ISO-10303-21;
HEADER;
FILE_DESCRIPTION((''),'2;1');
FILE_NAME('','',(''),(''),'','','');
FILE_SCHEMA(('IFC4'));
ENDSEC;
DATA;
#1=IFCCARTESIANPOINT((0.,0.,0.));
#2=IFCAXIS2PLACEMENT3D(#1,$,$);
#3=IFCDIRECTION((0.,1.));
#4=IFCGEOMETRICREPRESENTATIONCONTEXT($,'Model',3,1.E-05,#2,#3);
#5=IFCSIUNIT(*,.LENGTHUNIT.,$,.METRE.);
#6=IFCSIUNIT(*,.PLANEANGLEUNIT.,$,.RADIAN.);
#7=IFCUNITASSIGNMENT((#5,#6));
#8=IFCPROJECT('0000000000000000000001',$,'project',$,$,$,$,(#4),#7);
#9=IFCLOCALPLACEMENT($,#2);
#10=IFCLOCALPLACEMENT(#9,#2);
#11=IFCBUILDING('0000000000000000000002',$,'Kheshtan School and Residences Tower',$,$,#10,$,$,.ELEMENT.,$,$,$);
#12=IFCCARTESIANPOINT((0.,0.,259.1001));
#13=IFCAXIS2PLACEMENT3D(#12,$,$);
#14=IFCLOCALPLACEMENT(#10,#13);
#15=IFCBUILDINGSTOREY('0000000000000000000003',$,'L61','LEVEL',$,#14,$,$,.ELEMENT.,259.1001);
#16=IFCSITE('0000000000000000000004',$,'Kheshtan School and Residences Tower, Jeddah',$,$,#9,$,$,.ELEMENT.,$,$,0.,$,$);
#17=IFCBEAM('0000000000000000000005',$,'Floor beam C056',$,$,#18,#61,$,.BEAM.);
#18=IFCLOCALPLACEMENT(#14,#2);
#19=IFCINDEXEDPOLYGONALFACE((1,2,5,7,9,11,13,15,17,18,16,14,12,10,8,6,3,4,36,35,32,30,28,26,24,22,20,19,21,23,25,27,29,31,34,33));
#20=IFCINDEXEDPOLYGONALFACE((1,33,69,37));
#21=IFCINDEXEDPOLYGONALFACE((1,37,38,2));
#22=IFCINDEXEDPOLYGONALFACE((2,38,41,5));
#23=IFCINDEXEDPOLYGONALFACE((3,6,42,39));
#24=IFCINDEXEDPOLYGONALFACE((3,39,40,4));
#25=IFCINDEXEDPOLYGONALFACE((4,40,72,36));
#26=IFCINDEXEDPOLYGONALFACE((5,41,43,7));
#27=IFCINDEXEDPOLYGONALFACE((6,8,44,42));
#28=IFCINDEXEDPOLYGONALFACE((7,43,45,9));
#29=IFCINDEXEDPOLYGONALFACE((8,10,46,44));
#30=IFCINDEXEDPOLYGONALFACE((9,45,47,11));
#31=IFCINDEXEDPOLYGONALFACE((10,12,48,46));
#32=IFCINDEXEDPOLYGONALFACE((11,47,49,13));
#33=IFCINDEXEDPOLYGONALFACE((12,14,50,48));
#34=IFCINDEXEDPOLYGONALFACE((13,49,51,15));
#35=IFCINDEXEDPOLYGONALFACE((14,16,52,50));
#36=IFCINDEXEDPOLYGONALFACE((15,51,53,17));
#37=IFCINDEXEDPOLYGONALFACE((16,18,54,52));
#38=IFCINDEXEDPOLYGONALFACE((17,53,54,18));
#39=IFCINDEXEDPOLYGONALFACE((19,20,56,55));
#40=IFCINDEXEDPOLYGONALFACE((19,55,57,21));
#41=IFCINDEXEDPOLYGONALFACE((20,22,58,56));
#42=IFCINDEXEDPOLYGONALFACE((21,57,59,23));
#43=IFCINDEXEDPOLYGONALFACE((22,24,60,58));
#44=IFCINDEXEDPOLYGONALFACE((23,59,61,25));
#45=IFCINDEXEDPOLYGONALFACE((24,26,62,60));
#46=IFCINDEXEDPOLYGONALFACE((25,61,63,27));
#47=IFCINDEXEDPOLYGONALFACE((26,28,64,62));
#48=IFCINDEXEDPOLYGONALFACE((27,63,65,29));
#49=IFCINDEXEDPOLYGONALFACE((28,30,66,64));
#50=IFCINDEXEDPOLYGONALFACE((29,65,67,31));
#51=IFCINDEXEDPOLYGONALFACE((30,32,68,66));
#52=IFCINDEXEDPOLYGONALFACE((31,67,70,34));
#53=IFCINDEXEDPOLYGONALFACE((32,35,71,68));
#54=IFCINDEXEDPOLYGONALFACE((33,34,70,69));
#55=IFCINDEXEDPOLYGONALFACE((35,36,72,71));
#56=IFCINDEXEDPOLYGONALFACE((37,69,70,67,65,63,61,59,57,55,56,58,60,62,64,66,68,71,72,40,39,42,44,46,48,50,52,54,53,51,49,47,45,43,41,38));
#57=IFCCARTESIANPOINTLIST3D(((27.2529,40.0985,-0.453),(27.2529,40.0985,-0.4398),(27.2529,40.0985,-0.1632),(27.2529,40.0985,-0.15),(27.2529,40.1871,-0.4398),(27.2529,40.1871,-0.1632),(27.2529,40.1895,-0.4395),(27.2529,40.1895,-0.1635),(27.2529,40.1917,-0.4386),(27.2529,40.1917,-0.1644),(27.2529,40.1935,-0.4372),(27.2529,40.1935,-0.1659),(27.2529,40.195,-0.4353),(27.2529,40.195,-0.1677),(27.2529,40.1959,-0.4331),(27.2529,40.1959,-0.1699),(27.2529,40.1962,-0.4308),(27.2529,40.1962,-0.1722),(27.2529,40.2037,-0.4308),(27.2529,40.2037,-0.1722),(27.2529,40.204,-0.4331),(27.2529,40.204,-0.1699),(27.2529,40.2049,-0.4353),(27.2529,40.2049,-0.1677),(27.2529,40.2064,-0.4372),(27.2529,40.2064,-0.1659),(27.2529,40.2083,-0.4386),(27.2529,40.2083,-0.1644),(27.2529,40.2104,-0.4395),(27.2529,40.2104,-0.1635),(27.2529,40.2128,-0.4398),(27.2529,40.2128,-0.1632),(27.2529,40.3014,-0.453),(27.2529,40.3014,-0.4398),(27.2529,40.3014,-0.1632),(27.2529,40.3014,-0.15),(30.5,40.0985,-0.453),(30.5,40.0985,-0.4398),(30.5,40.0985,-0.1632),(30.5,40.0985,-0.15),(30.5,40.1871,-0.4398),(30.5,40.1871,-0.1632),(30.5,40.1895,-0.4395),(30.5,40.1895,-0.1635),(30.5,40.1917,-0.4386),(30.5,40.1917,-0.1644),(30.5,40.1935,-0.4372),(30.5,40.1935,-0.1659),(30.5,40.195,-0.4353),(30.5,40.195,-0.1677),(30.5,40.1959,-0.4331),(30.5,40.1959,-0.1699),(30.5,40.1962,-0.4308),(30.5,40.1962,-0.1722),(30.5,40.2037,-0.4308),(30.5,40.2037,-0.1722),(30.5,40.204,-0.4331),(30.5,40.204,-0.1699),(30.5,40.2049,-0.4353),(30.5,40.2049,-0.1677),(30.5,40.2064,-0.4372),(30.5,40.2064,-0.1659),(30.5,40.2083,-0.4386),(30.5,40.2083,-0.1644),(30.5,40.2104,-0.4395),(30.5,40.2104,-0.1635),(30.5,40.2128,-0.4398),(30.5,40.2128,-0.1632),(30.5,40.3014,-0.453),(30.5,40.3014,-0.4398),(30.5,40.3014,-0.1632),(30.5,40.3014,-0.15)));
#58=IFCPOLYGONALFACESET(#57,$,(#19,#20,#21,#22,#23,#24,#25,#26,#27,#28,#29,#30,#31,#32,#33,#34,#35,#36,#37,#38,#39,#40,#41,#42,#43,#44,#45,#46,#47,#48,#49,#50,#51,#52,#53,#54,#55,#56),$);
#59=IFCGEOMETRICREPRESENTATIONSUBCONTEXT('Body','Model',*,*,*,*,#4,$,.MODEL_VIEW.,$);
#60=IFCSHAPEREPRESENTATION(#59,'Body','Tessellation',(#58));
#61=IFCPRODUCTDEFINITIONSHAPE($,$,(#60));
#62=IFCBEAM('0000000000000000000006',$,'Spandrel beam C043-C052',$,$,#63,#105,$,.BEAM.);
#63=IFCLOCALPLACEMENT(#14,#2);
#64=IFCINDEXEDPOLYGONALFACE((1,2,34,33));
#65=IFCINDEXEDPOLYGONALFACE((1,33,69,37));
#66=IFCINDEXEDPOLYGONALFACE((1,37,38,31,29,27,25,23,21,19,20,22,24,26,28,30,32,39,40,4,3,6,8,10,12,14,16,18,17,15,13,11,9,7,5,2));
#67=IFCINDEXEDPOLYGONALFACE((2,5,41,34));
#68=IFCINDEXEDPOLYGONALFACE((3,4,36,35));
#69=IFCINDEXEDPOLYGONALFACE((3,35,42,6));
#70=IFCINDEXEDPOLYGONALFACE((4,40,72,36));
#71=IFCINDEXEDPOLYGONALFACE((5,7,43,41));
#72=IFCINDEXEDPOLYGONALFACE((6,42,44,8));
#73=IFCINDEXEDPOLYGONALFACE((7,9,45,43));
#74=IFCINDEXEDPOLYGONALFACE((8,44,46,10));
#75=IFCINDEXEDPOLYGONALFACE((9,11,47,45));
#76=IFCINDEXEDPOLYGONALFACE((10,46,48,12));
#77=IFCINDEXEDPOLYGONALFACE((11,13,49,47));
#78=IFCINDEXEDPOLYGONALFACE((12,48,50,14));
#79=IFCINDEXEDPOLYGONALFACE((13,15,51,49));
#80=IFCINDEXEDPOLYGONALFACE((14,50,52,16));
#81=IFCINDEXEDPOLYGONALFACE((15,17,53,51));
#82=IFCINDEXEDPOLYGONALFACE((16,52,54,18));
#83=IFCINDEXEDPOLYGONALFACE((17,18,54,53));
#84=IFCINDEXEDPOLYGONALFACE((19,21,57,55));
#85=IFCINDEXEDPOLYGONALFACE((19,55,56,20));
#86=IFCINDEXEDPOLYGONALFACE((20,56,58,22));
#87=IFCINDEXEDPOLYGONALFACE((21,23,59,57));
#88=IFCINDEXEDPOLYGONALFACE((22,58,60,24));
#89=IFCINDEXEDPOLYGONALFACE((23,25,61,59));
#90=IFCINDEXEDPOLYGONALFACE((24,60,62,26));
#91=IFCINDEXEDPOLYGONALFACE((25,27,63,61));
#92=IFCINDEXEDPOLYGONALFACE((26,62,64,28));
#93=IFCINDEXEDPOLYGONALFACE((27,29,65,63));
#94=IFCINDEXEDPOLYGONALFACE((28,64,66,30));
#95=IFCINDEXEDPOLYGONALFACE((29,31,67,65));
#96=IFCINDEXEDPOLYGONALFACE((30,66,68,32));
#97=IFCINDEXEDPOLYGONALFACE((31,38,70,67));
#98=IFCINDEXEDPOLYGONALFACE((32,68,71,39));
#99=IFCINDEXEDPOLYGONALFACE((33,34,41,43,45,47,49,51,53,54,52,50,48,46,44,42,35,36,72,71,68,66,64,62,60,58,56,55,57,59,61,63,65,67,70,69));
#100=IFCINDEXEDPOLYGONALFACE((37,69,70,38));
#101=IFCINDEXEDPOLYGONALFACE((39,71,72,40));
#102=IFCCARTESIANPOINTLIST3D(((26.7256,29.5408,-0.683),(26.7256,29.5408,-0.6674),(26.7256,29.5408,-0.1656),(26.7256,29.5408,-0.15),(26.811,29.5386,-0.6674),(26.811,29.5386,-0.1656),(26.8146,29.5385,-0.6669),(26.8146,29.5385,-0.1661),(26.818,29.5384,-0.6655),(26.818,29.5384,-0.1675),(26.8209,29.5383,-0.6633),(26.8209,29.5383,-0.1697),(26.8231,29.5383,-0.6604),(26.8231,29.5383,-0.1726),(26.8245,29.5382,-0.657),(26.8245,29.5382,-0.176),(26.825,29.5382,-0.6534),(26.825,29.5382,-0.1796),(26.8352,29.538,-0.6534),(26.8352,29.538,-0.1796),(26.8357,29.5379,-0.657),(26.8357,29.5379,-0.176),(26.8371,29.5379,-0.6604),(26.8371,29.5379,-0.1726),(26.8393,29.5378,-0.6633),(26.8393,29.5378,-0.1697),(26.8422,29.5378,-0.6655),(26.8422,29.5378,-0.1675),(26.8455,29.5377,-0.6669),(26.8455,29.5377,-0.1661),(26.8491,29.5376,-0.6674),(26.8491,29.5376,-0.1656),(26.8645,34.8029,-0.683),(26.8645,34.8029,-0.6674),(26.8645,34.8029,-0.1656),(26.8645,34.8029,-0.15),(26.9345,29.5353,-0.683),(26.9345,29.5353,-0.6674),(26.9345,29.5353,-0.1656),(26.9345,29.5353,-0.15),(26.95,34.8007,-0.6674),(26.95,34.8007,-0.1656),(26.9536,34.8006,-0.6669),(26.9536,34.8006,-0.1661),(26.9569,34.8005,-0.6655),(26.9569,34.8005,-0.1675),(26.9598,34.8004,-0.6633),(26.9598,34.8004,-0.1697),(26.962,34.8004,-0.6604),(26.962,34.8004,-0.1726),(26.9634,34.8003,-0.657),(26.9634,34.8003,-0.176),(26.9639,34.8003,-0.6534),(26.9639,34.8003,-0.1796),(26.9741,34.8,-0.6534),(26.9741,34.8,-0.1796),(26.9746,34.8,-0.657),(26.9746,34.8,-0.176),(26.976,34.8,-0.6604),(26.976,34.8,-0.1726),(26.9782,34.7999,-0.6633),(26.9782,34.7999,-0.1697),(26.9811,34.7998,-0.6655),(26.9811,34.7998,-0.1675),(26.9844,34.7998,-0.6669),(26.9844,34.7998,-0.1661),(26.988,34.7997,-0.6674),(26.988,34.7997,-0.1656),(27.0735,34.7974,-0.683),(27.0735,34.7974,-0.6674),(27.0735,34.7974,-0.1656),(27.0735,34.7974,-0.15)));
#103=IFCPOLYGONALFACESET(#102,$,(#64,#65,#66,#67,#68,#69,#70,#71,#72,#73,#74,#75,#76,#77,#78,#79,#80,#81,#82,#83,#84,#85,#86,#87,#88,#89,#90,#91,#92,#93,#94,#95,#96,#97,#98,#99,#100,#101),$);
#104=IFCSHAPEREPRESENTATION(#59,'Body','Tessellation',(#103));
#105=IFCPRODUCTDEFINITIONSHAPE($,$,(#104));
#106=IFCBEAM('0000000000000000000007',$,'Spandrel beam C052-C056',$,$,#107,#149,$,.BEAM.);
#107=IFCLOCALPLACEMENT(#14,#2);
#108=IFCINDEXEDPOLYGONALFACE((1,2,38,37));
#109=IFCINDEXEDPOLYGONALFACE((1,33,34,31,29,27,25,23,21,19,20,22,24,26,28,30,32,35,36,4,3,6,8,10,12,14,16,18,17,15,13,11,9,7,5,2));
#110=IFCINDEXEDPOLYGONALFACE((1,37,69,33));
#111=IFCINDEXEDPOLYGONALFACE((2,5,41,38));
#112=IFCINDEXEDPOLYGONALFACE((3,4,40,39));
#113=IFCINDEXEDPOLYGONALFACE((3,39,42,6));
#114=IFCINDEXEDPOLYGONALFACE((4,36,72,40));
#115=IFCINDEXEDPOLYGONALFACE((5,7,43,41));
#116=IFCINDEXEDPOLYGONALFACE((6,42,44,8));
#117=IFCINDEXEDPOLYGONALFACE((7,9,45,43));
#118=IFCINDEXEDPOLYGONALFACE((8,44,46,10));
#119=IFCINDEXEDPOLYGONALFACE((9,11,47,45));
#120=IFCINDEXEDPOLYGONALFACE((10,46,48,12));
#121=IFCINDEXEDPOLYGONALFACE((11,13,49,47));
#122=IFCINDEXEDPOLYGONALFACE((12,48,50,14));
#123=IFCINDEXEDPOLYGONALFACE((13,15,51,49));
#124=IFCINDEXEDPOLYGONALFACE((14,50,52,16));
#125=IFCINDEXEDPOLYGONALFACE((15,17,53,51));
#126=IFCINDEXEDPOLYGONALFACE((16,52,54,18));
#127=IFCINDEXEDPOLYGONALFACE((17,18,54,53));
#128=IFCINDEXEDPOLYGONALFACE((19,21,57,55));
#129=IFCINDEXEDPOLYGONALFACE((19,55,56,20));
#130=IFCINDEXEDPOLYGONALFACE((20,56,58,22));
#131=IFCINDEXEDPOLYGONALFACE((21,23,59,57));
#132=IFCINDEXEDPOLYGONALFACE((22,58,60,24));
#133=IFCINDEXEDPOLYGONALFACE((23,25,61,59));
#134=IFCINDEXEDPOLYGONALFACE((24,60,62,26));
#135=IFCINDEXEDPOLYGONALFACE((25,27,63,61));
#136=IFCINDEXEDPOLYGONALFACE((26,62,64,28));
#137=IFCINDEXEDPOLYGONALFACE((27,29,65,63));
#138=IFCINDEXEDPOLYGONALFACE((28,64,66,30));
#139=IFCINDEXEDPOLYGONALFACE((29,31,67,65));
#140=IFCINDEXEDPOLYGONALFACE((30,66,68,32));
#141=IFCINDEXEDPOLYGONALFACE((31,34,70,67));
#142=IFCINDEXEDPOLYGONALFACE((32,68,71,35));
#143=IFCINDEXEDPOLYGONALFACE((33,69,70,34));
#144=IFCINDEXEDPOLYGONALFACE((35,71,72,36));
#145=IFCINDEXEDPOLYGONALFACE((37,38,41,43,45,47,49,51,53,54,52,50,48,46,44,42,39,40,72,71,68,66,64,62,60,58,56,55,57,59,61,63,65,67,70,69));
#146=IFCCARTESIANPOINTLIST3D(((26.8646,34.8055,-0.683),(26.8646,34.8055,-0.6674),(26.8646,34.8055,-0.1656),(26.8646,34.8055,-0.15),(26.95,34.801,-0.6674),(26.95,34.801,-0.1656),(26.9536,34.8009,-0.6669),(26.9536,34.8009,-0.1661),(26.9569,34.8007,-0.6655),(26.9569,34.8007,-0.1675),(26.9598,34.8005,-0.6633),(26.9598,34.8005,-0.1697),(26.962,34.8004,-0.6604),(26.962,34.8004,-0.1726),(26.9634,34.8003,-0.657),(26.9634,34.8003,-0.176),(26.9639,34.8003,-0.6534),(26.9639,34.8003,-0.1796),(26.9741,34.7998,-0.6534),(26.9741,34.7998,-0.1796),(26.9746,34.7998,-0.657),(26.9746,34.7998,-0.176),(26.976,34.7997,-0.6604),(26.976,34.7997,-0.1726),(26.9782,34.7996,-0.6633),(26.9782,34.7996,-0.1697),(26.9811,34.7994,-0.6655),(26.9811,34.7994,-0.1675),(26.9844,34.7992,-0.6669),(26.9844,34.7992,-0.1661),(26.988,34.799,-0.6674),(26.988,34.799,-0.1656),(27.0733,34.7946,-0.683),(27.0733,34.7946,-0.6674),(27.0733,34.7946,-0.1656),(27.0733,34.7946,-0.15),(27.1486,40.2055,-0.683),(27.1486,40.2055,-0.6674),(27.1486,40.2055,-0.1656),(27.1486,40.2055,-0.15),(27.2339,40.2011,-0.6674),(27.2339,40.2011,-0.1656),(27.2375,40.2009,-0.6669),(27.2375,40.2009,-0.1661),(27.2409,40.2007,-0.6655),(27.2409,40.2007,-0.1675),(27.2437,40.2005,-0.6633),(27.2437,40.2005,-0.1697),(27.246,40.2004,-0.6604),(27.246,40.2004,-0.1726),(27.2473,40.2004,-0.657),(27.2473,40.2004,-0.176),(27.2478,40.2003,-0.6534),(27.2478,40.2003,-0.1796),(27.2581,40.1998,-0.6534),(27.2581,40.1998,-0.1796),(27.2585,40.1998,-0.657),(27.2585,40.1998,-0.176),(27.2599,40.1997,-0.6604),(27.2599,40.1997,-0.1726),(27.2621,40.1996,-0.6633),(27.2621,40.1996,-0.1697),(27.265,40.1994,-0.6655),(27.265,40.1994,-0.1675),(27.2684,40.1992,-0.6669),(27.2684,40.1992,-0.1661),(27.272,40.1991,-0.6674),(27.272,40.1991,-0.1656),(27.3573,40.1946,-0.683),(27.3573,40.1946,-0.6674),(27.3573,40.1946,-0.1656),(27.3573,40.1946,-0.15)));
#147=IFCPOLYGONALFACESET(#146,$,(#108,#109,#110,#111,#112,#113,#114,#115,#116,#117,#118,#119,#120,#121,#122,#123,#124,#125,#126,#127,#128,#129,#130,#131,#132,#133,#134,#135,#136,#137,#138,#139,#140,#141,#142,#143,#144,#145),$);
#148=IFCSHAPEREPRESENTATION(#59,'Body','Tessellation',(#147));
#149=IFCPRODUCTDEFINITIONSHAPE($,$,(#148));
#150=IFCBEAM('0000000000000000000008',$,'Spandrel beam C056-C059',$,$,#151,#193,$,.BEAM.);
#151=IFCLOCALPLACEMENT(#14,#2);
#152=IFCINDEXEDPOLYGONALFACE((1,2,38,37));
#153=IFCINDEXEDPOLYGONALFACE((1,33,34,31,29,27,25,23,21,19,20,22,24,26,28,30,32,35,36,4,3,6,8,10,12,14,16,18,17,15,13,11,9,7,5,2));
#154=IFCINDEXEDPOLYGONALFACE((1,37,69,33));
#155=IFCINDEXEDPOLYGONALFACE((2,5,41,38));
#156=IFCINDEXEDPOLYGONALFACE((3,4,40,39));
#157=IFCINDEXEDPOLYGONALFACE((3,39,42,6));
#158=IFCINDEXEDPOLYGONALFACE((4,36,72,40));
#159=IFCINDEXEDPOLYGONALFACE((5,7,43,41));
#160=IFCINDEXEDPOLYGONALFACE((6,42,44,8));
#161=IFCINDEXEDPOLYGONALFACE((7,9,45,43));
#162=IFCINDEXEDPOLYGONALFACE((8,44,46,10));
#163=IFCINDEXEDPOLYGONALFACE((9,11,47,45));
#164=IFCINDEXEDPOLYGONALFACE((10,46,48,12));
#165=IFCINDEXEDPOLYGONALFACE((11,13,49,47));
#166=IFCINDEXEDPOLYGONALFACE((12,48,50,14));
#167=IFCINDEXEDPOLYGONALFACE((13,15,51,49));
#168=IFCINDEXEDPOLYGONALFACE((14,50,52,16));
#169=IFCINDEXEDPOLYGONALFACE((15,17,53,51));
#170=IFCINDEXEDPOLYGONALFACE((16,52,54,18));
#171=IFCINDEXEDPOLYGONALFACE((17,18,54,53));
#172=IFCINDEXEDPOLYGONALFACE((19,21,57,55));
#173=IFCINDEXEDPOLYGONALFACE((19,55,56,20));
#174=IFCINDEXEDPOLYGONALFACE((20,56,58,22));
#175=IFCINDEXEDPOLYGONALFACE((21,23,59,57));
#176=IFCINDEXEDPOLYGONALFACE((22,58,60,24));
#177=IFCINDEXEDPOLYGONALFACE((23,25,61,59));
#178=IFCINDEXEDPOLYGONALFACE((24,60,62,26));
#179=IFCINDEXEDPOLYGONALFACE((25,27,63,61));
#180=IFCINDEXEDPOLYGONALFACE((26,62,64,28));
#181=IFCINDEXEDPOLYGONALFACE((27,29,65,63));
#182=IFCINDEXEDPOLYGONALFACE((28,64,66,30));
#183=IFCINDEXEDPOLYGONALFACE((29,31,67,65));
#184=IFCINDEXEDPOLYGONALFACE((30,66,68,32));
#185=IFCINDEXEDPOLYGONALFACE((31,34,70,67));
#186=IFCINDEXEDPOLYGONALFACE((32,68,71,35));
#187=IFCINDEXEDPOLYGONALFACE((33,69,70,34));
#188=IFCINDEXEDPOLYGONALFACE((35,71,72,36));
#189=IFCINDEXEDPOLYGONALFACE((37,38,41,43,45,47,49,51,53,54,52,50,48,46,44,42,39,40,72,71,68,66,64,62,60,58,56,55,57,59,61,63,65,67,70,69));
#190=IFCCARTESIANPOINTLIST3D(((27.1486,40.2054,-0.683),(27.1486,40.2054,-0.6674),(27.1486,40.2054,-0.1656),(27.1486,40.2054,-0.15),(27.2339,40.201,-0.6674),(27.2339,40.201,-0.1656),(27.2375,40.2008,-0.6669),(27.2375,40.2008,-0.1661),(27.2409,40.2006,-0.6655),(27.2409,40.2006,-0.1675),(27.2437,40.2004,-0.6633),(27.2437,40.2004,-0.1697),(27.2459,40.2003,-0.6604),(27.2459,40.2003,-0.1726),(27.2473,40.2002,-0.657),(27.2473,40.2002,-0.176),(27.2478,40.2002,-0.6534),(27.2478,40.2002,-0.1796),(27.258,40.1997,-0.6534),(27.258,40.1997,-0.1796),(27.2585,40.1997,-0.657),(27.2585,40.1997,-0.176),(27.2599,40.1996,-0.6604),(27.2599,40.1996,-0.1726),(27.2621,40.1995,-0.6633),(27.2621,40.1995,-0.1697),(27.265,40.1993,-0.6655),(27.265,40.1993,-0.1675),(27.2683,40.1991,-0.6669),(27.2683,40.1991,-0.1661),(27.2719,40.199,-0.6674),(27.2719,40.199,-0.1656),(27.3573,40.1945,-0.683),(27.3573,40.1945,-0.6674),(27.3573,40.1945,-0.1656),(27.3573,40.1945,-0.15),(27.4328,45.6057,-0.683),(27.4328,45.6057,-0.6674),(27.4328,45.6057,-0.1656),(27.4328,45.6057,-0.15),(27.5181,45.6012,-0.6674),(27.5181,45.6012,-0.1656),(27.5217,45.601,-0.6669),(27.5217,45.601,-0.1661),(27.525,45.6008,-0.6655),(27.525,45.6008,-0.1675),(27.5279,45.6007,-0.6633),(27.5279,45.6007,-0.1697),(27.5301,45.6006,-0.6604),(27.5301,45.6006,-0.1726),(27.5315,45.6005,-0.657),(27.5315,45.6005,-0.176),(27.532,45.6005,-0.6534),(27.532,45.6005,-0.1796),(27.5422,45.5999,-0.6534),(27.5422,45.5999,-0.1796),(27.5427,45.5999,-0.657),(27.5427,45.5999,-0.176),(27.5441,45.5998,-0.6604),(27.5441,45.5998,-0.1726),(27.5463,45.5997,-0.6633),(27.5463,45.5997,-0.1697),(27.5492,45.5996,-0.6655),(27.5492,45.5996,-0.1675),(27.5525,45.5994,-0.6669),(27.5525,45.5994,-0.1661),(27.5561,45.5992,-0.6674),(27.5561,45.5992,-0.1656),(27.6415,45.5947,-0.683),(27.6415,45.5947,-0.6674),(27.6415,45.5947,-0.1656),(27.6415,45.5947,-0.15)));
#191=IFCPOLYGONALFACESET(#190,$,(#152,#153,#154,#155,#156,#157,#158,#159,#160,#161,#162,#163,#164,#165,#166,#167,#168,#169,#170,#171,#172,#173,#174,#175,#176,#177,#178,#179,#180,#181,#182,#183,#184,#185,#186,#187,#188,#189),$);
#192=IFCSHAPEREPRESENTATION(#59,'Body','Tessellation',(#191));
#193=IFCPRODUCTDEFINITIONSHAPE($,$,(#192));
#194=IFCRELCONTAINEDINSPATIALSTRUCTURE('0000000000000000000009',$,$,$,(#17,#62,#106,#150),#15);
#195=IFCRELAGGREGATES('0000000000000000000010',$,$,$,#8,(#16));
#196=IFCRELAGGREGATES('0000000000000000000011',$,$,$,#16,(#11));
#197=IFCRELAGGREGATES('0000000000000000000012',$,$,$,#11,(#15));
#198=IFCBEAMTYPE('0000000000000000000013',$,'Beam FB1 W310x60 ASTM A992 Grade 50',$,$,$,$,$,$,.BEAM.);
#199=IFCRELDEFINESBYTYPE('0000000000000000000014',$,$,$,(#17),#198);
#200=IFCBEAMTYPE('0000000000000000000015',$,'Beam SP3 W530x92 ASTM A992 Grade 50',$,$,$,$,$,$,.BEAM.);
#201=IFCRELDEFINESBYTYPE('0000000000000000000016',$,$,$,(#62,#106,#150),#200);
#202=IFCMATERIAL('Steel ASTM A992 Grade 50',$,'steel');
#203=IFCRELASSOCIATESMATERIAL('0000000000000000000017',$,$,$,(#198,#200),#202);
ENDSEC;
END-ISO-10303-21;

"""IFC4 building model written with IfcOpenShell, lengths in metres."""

from ifc_helpers import new_model, si_unit, direction, frame, origin, origin_2d, place, context, subcontext, project, spatial, i_section, extrude, material, material_profile, profile_set, type_object, element, save


model = new_model("IFC4")

# Units and contexts
model_context = context("Model", 3, precision=1e-05, world=origin(), true_north=direction((0.0, 1.0)))
body_context = subcontext(model_context, "Body", "Model", "MODEL_VIEW")
ifc_project = project(units=[si_unit("LENGTHUNIT", "METRE"), si_unit("PLANEANGLEUNIT", "RADIAN")], contexts=[model_context])

# Site, building, storey
site_placement = place(None, origin())
site = spatial("IfcSite", under=ifc_project, at=site_placement, Name="Kheshtan School and Residences Tower, Jeddah", CompositionType="ELEMENT", RefElevation=0.0)
building_placement = place(site_placement, origin())
building = spatial("IfcBuilding", under=site, at=building_placement, Name="Kheshtan School and Residences Tower", CompositionType="ELEMENT")
storey_placement = place(building_placement, frame((0.0, 0.0, 259.1001)))
storey = spatial("IfcBuildingStorey", under=building, at=storey_placement, Name="L61", Description="LEVEL", CompositionType="ELEMENT", Elevation=259.1001)

# Shared definitions
ifc_material_1 = material(Name="Steel ASTM A992 Grade 50", Category="steel")

# Beams
ifc_material_profile_1 = material_profile(ifc_material_1, i_section(OverallWidth=0.2029, OverallDepth=0.303, WebThickness=0.0076, FlangeThickness=0.0132, FilletRadius=0.009, at=origin_2d()), Name="W310x60")
ifc_profile_set_1 = profile_set([ifc_material_profile_1], Name="Steel ASTM A992 Grade 50")
beam_type_1 = type_object("IfcBeamType", Name="Beam FB1 W310x60 ASTM A992 Grade 50", PredefinedType="BEAM", material=ifc_profile_set_1)
beam_1_placement = place(storey_placement, frame((27.2529, 40.2, -0.3015), z_axis=(1.0, 0.0, 0.0), x_axis=(0.0, 1.0, 0.0)))
element("IfcBeam", 1, at=beam_1_placement, inside=storey, type_object=beam_type_1, Name="Floor beam C056", PredefinedType="BEAM", context=body_context, shape_type="SweptSolid", body=[
    extrude(i_section(OverallWidth=0.2029, OverallDepth=0.303, WebThickness=0.0076, FlangeThickness=0.0132, FilletRadius=0.009, at=origin_2d()), origin(), (0.0, 0.0, 1.0), 3.2471),
])
ifc_material_profile_2 = material_profile(ifc_material_1, i_section(OverallWidth=0.209, OverallDepth=0.533, WebThickness=0.0103, FlangeThickness=0.0156, FilletRadius=0.0139, at=origin_2d()), Name="W530x92")
ifc_profile_set_2 = profile_set([ifc_material_profile_2], Name="Steel ASTM A992 Grade 50")
beam_type_2 = type_object("IfcBeamType", Name="Beam SP3 W530x92 ASTM A992 Grade 50", PredefinedType="BEAM", material=ifc_profile_set_2)
beam_2_placement = place(storey_placement, frame((26.8301, 29.5381, -0.4165), z_axis=(0.026391, 0.999652, 0.0), x_axis=(-0.999652, 0.026391, 0.0)))
element("IfcBeam", 2, at=beam_2_placement, inside=storey, type_object=beam_type_2, Name="Spandrel beam C043-C052", PredefinedType="BEAM", context=body_context, shape_type="SweptSolid", body=[
    extrude(i_section(OverallWidth=0.209, OverallDepth=0.533, WebThickness=0.0103, FlangeThickness=0.0156, FilletRadius=0.0139, at=origin_2d()), origin(), (0.0, 0.0, 1.0), 5.2639),
])
beam_3_placement = place(storey_placement, frame((26.969, 34.8, -0.4165), z_axis=(0.052509, 0.99862, 0.0), x_axis=(-0.99862, 0.052509, 0.0)))
element("IfcBeam", 3, at=beam_3_placement, inside=storey, type_object=beam_type_2, Name="Spandrel beam C052-C056", PredefinedType="BEAM", context=body_context, shape_type="SweptSolid", body=[
    extrude(i_section(OverallWidth=0.209, OverallDepth=0.533, WebThickness=0.0103, FlangeThickness=0.0156, FilletRadius=0.0139, at=origin_2d()), origin(), (0.0, 0.0, 1.0), 5.4075),
])
beam_4_placement = place(storey_placement, frame((27.2529, 40.2, -0.4165), z_axis=(0.052552, 0.998618, 0.0), x_axis=(-0.998618, 0.052552, 0.0)))
element("IfcBeam", 4, at=beam_4_placement, inside=storey, type_object=beam_type_2, Name="Spandrel beam C056-C059", PredefinedType="BEAM", context=body_context, shape_type="SweptSolid", body=[
    extrude(i_section(OverallWidth=0.209, OverallDepth=0.533, WebThickness=0.0103, FlangeThickness=0.0156, FilletRadius=0.0139, at=origin_2d()), origin(), (0.0, 0.0, 1.0), 5.4077),
])

save(model, "model.ifc")
